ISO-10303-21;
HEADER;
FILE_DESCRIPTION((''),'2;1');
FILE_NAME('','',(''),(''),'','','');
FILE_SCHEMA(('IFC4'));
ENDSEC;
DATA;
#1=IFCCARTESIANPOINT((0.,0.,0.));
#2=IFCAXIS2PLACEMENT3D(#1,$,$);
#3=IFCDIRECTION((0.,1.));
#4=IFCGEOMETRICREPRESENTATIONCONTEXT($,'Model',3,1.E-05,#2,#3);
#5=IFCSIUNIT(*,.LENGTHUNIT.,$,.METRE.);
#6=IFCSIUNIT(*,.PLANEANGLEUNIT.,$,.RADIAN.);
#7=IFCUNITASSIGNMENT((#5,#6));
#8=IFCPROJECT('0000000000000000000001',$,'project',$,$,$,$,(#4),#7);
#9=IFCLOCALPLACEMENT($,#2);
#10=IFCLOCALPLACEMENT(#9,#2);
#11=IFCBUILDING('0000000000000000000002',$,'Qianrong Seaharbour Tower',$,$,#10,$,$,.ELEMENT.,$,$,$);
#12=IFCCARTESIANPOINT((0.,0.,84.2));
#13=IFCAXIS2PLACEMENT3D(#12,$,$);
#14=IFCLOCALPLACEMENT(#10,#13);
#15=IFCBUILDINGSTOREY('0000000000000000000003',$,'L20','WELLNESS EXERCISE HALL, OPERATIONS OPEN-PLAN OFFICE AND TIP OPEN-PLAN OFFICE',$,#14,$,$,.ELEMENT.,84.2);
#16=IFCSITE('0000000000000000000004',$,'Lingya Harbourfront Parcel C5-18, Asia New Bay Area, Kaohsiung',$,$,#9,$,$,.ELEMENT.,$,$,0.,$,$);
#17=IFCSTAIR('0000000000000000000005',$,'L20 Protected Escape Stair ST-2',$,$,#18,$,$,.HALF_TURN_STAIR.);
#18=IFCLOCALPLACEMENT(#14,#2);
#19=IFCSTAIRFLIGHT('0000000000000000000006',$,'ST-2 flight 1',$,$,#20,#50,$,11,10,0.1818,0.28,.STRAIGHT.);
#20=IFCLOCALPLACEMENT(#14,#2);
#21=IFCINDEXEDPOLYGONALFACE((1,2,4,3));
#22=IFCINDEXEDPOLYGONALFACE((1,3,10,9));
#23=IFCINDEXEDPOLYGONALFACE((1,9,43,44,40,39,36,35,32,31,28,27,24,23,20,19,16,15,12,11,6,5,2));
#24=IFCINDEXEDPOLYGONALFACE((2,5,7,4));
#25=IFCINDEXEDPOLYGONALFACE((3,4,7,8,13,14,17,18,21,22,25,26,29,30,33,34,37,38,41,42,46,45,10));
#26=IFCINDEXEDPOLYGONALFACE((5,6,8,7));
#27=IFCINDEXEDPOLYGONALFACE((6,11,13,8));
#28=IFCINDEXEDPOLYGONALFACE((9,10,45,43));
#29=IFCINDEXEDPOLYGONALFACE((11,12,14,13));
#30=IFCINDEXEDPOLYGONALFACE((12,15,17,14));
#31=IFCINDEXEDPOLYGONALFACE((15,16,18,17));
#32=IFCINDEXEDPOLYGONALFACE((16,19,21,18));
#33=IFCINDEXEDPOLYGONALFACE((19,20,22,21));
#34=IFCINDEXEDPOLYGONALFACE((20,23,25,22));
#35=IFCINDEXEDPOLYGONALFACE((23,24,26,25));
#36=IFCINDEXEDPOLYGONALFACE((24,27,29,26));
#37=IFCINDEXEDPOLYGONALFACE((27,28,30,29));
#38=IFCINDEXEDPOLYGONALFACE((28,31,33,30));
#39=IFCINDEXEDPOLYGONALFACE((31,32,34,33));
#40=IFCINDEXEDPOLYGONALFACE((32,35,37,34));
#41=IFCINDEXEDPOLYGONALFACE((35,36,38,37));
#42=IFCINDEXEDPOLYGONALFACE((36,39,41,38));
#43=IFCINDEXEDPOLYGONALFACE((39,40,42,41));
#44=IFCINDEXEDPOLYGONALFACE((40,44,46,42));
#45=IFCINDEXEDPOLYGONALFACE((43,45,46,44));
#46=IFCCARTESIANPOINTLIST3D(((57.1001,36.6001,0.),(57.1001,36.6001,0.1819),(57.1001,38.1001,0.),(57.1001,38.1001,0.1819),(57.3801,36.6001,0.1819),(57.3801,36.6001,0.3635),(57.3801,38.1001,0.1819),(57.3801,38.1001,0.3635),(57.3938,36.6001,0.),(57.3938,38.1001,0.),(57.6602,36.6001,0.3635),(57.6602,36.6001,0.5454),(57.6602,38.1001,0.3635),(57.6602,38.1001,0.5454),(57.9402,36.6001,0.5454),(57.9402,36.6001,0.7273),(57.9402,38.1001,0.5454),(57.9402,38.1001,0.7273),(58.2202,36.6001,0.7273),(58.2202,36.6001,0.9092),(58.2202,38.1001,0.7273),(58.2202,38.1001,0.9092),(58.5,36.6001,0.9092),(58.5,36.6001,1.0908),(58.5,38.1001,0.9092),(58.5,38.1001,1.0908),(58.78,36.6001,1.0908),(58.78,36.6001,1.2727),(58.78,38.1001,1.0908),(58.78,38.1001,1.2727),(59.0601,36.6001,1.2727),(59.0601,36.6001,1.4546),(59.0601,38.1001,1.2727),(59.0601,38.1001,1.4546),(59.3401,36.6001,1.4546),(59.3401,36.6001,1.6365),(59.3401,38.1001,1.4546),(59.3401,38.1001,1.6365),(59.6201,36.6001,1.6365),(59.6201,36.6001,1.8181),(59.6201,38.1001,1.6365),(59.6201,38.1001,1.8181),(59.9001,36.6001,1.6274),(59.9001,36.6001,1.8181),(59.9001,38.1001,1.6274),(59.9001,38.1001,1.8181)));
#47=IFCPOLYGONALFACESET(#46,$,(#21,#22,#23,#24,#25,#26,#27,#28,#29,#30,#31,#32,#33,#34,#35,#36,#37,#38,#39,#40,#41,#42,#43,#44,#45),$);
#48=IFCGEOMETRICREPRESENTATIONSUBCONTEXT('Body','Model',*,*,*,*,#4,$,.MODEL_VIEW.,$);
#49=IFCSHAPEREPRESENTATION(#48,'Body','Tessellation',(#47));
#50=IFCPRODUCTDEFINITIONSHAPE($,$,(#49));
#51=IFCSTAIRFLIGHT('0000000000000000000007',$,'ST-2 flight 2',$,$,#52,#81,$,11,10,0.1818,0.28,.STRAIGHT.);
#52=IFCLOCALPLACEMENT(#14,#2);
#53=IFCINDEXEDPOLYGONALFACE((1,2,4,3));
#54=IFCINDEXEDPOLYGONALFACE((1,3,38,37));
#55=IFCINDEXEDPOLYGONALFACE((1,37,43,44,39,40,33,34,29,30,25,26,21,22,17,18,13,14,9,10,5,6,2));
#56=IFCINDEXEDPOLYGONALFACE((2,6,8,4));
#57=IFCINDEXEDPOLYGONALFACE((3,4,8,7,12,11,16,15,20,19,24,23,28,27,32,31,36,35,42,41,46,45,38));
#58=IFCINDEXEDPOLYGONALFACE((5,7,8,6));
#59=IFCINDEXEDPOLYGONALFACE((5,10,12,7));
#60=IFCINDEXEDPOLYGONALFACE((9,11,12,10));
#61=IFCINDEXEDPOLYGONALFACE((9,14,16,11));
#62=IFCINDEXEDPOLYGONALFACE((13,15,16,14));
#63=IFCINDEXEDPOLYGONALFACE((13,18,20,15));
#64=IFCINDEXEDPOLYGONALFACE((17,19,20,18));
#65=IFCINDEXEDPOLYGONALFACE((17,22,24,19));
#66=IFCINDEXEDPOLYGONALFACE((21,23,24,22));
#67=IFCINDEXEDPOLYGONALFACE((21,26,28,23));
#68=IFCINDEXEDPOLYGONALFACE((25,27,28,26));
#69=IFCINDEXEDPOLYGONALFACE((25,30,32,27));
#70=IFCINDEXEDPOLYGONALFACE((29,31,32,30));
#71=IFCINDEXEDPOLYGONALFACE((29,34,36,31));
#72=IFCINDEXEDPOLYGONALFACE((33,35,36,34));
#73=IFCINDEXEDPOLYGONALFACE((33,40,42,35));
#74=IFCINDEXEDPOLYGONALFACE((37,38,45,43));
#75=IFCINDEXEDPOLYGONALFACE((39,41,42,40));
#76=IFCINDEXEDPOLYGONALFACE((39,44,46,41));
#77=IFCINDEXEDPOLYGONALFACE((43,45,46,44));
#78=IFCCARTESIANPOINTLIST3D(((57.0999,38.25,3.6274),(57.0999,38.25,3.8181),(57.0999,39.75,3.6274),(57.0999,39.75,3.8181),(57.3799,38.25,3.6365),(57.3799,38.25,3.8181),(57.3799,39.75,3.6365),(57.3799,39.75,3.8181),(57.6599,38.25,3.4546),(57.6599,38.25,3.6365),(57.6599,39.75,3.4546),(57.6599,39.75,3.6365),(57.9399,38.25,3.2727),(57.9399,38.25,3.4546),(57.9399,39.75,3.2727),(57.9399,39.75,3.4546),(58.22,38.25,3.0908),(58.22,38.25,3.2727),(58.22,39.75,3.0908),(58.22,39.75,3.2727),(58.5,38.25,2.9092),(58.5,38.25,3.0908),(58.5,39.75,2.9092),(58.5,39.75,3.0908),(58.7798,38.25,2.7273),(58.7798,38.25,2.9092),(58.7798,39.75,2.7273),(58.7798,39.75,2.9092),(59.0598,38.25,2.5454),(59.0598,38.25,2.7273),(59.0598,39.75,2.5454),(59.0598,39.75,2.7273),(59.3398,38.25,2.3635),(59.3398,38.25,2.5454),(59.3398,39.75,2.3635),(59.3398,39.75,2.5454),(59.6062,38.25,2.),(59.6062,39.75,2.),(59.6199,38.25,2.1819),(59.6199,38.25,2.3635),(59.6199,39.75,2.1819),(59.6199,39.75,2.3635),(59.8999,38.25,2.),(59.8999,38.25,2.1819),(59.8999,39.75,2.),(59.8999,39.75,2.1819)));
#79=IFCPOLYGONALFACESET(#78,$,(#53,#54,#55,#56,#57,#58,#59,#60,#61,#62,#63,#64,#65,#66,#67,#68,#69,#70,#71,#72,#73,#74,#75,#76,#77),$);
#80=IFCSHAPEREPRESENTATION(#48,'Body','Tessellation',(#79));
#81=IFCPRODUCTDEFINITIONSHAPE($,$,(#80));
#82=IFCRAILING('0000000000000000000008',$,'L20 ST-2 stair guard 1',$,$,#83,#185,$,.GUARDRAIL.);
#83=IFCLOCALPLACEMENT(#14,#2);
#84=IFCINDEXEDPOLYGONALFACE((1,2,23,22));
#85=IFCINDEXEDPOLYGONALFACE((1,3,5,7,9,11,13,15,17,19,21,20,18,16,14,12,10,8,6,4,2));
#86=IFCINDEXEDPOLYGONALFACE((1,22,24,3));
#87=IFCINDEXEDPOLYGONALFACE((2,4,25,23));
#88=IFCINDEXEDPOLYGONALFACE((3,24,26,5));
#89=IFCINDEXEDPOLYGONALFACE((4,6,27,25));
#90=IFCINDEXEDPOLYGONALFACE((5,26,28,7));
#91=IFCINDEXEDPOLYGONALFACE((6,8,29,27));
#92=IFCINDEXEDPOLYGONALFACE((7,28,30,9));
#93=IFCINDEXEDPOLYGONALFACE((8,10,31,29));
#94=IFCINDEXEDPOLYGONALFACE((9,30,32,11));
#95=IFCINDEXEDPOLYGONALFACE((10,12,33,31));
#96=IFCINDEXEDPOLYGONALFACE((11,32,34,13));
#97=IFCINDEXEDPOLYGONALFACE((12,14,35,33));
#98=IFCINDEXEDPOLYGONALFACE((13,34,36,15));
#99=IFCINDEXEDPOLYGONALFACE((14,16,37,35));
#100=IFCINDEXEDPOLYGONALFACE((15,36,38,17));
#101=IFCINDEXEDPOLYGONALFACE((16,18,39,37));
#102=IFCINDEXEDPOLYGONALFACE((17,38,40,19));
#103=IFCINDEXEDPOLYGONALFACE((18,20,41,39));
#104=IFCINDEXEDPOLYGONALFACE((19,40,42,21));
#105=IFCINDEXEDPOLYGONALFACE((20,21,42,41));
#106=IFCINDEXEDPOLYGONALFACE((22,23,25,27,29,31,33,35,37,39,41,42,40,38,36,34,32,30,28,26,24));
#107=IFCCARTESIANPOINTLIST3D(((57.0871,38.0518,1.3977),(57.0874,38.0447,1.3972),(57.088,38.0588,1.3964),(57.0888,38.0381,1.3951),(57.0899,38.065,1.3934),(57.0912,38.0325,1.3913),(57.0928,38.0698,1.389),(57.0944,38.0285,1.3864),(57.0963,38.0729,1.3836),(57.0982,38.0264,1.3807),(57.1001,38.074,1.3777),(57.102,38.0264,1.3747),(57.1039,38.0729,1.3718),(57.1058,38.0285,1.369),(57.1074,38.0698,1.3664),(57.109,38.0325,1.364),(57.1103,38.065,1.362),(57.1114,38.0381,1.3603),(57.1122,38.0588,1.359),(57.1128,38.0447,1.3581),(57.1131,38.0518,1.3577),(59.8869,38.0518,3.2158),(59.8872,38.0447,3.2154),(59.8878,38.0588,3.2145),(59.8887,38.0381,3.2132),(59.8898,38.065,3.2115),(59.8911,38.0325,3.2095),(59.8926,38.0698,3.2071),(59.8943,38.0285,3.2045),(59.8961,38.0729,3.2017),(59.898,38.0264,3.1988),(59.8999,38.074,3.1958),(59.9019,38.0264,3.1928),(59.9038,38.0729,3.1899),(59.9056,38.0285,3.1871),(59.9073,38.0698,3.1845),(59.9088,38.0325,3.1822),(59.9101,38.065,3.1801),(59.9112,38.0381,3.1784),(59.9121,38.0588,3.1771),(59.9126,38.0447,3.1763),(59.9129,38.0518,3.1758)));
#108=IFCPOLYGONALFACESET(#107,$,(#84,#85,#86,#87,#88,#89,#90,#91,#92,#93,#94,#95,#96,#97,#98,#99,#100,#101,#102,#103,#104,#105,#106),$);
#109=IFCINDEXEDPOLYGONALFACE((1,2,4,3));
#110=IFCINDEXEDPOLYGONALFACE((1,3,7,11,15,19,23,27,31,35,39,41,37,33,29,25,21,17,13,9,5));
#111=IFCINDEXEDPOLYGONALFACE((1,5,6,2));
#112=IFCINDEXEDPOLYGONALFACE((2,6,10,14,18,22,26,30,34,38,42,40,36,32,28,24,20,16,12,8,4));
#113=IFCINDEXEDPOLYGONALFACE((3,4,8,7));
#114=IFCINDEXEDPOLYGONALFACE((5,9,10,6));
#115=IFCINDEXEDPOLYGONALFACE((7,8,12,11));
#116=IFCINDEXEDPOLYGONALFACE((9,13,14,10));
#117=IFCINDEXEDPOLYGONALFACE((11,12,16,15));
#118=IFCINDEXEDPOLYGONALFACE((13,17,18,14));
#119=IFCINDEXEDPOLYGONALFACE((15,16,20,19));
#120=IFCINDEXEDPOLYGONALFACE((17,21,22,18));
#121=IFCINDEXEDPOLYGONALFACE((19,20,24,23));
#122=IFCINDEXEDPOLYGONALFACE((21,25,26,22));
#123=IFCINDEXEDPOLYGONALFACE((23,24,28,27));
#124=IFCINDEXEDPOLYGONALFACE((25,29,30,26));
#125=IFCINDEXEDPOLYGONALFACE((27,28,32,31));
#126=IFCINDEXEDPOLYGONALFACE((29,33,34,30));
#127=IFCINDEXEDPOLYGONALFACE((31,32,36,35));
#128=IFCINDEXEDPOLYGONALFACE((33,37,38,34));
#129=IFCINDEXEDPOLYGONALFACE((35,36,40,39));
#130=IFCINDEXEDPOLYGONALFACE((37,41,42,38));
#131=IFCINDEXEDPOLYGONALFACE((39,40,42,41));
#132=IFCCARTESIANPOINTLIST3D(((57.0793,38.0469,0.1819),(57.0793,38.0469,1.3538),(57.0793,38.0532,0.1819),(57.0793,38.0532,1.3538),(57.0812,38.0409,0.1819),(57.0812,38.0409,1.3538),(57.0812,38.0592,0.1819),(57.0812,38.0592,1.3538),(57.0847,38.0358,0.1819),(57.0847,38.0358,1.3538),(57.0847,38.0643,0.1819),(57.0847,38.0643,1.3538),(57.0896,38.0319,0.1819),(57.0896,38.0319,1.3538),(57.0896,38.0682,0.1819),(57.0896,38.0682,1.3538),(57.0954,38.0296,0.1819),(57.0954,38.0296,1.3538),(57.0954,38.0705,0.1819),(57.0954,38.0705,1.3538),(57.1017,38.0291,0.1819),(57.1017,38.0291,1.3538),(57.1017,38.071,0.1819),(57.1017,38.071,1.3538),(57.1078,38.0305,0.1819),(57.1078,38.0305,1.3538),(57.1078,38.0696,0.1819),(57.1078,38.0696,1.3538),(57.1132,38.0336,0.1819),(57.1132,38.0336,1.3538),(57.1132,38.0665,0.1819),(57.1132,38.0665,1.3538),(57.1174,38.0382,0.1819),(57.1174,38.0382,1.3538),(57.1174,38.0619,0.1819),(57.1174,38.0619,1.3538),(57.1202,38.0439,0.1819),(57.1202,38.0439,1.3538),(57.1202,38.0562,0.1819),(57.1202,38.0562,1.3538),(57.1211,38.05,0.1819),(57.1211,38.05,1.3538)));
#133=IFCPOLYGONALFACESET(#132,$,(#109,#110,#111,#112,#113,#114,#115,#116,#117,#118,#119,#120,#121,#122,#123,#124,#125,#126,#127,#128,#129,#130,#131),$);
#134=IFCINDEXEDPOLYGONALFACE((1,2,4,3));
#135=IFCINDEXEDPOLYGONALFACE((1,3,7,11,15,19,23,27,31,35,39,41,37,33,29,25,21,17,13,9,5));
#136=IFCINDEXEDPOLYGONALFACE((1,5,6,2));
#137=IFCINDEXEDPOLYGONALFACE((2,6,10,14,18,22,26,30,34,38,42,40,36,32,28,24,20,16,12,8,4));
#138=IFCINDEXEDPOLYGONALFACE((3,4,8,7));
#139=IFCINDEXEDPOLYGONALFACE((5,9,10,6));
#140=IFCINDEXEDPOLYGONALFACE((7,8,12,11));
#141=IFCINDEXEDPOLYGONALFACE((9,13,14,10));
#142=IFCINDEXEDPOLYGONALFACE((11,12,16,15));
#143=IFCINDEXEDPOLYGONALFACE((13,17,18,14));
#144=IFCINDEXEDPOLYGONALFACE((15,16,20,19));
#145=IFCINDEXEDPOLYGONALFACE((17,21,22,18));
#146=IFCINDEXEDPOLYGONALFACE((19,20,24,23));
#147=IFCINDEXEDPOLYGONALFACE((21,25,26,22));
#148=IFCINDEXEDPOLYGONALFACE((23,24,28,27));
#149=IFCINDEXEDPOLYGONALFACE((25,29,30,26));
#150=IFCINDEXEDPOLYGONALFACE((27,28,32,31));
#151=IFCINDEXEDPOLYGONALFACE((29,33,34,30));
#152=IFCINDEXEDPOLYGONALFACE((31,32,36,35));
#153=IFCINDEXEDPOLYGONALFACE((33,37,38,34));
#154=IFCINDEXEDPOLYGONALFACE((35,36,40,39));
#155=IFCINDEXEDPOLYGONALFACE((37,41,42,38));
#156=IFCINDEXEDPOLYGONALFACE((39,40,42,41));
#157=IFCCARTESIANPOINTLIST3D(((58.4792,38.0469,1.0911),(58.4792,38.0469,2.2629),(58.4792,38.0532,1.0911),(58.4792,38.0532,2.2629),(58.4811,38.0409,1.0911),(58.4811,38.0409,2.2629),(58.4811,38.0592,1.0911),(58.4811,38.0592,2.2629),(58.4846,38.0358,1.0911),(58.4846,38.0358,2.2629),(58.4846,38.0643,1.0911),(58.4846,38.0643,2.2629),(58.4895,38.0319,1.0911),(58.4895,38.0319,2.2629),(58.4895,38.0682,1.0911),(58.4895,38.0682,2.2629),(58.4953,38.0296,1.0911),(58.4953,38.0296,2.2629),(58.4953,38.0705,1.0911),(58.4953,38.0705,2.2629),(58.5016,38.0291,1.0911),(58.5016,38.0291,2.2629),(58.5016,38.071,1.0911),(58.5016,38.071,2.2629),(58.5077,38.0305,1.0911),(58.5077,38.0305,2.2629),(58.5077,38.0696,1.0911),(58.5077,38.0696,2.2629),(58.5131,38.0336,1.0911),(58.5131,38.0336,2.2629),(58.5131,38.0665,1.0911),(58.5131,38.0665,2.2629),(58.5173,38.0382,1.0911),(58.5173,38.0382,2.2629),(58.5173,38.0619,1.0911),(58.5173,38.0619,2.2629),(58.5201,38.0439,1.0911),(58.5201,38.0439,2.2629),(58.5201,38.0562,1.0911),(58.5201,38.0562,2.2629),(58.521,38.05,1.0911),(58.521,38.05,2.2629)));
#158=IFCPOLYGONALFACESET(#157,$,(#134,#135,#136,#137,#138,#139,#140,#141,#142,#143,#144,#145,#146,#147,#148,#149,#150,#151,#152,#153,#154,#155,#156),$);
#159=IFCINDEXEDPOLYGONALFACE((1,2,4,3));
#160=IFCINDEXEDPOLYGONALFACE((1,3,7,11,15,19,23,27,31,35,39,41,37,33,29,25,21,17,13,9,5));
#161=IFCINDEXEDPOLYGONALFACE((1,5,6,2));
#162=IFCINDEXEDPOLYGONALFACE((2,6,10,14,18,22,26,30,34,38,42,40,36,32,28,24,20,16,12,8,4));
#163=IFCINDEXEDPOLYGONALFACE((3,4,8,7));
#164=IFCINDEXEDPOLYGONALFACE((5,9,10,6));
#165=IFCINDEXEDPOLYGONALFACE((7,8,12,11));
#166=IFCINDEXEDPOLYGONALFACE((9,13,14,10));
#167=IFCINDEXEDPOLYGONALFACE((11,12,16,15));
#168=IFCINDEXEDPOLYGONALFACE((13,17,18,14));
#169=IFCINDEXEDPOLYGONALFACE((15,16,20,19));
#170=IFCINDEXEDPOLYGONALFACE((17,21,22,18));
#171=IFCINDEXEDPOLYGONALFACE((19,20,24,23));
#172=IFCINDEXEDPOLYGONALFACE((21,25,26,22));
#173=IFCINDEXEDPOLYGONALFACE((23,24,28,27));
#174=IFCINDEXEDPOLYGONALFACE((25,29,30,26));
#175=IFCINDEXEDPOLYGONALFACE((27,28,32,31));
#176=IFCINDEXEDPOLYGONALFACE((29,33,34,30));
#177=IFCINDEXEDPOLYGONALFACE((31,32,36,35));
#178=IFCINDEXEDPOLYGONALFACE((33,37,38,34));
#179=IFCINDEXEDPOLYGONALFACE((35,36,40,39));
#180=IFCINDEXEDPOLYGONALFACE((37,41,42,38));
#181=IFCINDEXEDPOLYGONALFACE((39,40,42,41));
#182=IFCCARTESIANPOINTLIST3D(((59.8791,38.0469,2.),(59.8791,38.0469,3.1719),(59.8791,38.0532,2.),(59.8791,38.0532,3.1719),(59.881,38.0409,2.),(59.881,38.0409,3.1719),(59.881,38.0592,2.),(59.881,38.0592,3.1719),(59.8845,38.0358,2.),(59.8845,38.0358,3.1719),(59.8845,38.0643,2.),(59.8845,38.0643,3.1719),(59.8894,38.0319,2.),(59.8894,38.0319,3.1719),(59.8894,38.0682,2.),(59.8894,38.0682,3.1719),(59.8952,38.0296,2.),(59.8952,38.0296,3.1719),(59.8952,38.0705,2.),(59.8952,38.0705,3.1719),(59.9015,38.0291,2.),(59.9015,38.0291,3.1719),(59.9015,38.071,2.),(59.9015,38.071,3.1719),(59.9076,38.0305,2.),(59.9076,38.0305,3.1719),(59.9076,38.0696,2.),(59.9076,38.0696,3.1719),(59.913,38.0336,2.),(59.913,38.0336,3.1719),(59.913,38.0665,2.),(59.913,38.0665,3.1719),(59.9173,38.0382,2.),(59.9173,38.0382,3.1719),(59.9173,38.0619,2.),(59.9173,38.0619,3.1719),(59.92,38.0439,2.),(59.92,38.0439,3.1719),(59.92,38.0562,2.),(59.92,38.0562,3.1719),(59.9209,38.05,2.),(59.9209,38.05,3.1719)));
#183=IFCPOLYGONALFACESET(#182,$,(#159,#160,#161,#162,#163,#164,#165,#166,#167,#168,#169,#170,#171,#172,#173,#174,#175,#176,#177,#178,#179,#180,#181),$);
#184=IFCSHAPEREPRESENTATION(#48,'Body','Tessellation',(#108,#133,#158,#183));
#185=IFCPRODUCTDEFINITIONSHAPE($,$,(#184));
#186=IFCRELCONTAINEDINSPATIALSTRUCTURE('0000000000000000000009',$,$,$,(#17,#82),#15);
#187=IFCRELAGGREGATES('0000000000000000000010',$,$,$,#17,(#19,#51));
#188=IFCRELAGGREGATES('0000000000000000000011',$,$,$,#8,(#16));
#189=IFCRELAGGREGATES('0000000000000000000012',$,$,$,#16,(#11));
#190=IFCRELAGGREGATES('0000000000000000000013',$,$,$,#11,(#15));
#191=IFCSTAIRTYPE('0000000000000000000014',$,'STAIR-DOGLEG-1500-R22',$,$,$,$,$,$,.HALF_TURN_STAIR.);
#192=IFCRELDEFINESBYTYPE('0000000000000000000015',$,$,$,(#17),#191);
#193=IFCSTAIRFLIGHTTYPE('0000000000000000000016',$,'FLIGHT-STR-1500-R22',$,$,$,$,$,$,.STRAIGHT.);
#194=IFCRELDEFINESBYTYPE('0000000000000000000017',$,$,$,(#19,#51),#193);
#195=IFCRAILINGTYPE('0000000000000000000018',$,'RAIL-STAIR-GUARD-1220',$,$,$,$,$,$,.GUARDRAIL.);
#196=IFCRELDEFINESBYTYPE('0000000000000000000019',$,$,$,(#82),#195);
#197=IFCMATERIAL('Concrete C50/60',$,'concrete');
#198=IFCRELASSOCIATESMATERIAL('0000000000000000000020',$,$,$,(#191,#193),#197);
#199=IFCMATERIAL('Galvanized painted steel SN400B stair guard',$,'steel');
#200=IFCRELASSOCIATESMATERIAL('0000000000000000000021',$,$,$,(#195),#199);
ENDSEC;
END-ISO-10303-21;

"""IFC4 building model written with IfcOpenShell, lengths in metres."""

from ifc_helpers import new_model, si_unit, direction, frame, origin, origin_2d, place, context, subcontext, project, spatial, polyline, circle, outline, extrude, material, type_object, element, aggregate, save


model = new_model("IFC4")

# Units and contexts
model_context = context("Model", 3, precision=1e-05, world=origin(), true_north=direction((0.0, 1.0)))
body_context = subcontext(model_context, "Body", "Model", "MODEL_VIEW")
ifc_project = project(units=[si_unit("LENGTHUNIT", "METRE"), si_unit("PLANEANGLEUNIT", "RADIAN")], contexts=[model_context])

# Site, building, storey
site_placement = place(None, origin())
site = spatial("IfcSite", under=ifc_project, at=site_placement, Name="Lingya Harbourfront Parcel C5-18, Asia New Bay Area, Kaohsiung", CompositionType="ELEMENT", RefElevation=0.0)
building_placement = place(site_placement, origin())
building = spatial("IfcBuilding", under=site, at=building_placement, Name="Qianrong Seaharbour Tower", CompositionType="ELEMENT")
storey_placement = place(building_placement, frame((0.0, 0.0, 84.2)))
storey = spatial("IfcBuildingStorey", under=building, at=storey_placement, Name="L20", Description="WELLNESS EXERCISE HALL, OPERATIONS OPEN-PLAN OFFICE AND TIP OPEN-PLAN OFFICE", CompositionType="ELEMENT", Elevation=84.2)

# Shared definitions
ifc_material_1 = material(Name="Concrete C50/60", Category="concrete")

# Stair, stair flights
stair_type = type_object("IfcStairType", Name="STAIR-DOGLEG-1500-R22", PredefinedType="HALF_TURN_STAIR", material=ifc_material_1)
stair_placement = place(storey_placement, origin())
stair = element("IfcStair", 1, at=stair_placement, inside=storey, type_object=stair_type, Name="L20 Protected Escape Stair ST-2", PredefinedType="HALF_TURN_STAIR")
stair_flight_type = type_object("IfcStairFlightType", Name="FLIGHT-STR-1500-R22", PredefinedType="STRAIGHT", material=ifc_material_1)
stair_flight_1_placement = place(storey_placement, frame((57.1001, 37.3501, 0.0), z_axis=(0.0, 0.0, 1.0), x_axis=(1.0, 0.0, 0.0)))
stair_flight_1 = element("IfcStairFlight", 2, at=stair_flight_1_placement, type_object=stair_flight_type, Name="ST-2 flight 1", NumberOfRisers=11, NumberOfTreads=10, PredefinedType="STRAIGHT", RiserHeight=0.1818, TreadLength=0.28, context=body_context, shape_type="SweptSolid", body=[
    extrude(outline(polyline([(0.0, 0.0), (0.0, 0.1819), (0.28, 0.1819), (0.28, 0.3635), (0.5601, 0.3635), (0.5601, 0.5454), (0.8401, 0.5454), (0.8401, 0.7273), (1.1201, 0.7273), (1.1201, 0.9092), (1.3999, 0.9092), (1.3999, 1.0908), (1.6799, 1.0908), (1.6799, 1.2727), (1.96, 1.2727), (1.96, 1.4546), (2.24, 1.4546), (2.24, 1.6365), (2.52, 1.6365), (2.52, 1.8181), (2.8, 1.8181), (2.8, 2.0), (2.8, 1.6274), (0.2937, 0.0), (0.0, 0.0)])), frame((0.0, 0.75, 0.0), z_axis=(0.0, -1.0, 0.0), x_axis=(1.0, 0.0, 0.0)), (0.0, 0.0, 1.0), 1.5),
])
stair_flight_2_placement = place(storey_placement, frame((59.8999, 39.0, 2.0), z_axis=(0.0, 0.0, 1.0), x_axis=(-1.0, 0.0, 0.0)))
stair_flight_2 = element("IfcStairFlight", 3, at=stair_flight_2_placement, type_object=stair_flight_type, Name="ST-2 flight 2", NumberOfRisers=11, NumberOfTreads=10, PredefinedType="STRAIGHT", RiserHeight=0.1818, TreadLength=0.28, context=body_context, shape_type="SweptSolid", body=[
    extrude(outline(polyline([(0.0, 0.0), (0.0, 0.1819), (0.28, 0.1819), (0.28, 0.3635), (0.5601, 0.3635), (0.5601, 0.5454), (0.8401, 0.5454), (0.8401, 0.7273), (1.1201, 0.7273), (1.1201, 0.9092), (1.3999, 0.9092), (1.3999, 1.0908), (1.6799, 1.0908), (1.6799, 1.2727), (1.96, 1.2727), (1.96, 1.4546), (2.24, 1.4546), (2.24, 1.6365), (2.52, 1.6365), (2.52, 1.8181), (2.8, 1.8181), (2.8, 2.0), (2.8, 1.6274), (0.2937, 0.0), (0.0, 0.0)])), frame((0.0, 0.75, 0.0), z_axis=(0.0, -1.0, 0.0), x_axis=(1.0, 0.0, 0.0)), (0.0, 0.0, 1.0), 1.5),
])
aggregate(stair, [stair_flight_1, stair_flight_2])

# Railing
ifc_material_2 = material(Name="Galvanized painted steel SN400B stair guard", Category="steel")
railing_type_1 = type_object("IfcRailingType", Name="RAIL-STAIR-GUARD-1220", PredefinedType="GUARDRAIL", material=ifc_material_2)
railing_1_placement = place(storey_placement, frame((57.1001, 38.05, 0.1819)))
element("IfcRailing", 4, at=railing_1_placement, inside=storey, type_object=railing_type_1, Name="L20 ST-2 stair guard 1", PredefinedType="GUARDRAIL", context=body_context, shape_type="SweptSolid", body=[
    extrude(circle(Radius=0.0239, at=origin_2d()), frame((0.0, 0.0, 1.1958), z_axis=(0.838684, 0.0, 0.544618), x_axis=(0.0, 1.0, 0.0)), (0.0, 0.0, 1.0), 3.3384),
    extrude(circle(Radius=0.021, at=origin_2d()), origin(), (0.0, 0.0, 1.0), 1.1719),
    extrude(circle(Radius=0.021, at=origin_2d()), frame((1.3999, 0.0, 0.9092)), (0.0, 0.0, 1.0), 1.1719),
    extrude(circle(Radius=0.021, at=origin_2d()), frame((2.7998, 0.0, 1.8181)), (0.0, 0.0, 1.0), 1.1719),
])

save(model, "model.ifc")
